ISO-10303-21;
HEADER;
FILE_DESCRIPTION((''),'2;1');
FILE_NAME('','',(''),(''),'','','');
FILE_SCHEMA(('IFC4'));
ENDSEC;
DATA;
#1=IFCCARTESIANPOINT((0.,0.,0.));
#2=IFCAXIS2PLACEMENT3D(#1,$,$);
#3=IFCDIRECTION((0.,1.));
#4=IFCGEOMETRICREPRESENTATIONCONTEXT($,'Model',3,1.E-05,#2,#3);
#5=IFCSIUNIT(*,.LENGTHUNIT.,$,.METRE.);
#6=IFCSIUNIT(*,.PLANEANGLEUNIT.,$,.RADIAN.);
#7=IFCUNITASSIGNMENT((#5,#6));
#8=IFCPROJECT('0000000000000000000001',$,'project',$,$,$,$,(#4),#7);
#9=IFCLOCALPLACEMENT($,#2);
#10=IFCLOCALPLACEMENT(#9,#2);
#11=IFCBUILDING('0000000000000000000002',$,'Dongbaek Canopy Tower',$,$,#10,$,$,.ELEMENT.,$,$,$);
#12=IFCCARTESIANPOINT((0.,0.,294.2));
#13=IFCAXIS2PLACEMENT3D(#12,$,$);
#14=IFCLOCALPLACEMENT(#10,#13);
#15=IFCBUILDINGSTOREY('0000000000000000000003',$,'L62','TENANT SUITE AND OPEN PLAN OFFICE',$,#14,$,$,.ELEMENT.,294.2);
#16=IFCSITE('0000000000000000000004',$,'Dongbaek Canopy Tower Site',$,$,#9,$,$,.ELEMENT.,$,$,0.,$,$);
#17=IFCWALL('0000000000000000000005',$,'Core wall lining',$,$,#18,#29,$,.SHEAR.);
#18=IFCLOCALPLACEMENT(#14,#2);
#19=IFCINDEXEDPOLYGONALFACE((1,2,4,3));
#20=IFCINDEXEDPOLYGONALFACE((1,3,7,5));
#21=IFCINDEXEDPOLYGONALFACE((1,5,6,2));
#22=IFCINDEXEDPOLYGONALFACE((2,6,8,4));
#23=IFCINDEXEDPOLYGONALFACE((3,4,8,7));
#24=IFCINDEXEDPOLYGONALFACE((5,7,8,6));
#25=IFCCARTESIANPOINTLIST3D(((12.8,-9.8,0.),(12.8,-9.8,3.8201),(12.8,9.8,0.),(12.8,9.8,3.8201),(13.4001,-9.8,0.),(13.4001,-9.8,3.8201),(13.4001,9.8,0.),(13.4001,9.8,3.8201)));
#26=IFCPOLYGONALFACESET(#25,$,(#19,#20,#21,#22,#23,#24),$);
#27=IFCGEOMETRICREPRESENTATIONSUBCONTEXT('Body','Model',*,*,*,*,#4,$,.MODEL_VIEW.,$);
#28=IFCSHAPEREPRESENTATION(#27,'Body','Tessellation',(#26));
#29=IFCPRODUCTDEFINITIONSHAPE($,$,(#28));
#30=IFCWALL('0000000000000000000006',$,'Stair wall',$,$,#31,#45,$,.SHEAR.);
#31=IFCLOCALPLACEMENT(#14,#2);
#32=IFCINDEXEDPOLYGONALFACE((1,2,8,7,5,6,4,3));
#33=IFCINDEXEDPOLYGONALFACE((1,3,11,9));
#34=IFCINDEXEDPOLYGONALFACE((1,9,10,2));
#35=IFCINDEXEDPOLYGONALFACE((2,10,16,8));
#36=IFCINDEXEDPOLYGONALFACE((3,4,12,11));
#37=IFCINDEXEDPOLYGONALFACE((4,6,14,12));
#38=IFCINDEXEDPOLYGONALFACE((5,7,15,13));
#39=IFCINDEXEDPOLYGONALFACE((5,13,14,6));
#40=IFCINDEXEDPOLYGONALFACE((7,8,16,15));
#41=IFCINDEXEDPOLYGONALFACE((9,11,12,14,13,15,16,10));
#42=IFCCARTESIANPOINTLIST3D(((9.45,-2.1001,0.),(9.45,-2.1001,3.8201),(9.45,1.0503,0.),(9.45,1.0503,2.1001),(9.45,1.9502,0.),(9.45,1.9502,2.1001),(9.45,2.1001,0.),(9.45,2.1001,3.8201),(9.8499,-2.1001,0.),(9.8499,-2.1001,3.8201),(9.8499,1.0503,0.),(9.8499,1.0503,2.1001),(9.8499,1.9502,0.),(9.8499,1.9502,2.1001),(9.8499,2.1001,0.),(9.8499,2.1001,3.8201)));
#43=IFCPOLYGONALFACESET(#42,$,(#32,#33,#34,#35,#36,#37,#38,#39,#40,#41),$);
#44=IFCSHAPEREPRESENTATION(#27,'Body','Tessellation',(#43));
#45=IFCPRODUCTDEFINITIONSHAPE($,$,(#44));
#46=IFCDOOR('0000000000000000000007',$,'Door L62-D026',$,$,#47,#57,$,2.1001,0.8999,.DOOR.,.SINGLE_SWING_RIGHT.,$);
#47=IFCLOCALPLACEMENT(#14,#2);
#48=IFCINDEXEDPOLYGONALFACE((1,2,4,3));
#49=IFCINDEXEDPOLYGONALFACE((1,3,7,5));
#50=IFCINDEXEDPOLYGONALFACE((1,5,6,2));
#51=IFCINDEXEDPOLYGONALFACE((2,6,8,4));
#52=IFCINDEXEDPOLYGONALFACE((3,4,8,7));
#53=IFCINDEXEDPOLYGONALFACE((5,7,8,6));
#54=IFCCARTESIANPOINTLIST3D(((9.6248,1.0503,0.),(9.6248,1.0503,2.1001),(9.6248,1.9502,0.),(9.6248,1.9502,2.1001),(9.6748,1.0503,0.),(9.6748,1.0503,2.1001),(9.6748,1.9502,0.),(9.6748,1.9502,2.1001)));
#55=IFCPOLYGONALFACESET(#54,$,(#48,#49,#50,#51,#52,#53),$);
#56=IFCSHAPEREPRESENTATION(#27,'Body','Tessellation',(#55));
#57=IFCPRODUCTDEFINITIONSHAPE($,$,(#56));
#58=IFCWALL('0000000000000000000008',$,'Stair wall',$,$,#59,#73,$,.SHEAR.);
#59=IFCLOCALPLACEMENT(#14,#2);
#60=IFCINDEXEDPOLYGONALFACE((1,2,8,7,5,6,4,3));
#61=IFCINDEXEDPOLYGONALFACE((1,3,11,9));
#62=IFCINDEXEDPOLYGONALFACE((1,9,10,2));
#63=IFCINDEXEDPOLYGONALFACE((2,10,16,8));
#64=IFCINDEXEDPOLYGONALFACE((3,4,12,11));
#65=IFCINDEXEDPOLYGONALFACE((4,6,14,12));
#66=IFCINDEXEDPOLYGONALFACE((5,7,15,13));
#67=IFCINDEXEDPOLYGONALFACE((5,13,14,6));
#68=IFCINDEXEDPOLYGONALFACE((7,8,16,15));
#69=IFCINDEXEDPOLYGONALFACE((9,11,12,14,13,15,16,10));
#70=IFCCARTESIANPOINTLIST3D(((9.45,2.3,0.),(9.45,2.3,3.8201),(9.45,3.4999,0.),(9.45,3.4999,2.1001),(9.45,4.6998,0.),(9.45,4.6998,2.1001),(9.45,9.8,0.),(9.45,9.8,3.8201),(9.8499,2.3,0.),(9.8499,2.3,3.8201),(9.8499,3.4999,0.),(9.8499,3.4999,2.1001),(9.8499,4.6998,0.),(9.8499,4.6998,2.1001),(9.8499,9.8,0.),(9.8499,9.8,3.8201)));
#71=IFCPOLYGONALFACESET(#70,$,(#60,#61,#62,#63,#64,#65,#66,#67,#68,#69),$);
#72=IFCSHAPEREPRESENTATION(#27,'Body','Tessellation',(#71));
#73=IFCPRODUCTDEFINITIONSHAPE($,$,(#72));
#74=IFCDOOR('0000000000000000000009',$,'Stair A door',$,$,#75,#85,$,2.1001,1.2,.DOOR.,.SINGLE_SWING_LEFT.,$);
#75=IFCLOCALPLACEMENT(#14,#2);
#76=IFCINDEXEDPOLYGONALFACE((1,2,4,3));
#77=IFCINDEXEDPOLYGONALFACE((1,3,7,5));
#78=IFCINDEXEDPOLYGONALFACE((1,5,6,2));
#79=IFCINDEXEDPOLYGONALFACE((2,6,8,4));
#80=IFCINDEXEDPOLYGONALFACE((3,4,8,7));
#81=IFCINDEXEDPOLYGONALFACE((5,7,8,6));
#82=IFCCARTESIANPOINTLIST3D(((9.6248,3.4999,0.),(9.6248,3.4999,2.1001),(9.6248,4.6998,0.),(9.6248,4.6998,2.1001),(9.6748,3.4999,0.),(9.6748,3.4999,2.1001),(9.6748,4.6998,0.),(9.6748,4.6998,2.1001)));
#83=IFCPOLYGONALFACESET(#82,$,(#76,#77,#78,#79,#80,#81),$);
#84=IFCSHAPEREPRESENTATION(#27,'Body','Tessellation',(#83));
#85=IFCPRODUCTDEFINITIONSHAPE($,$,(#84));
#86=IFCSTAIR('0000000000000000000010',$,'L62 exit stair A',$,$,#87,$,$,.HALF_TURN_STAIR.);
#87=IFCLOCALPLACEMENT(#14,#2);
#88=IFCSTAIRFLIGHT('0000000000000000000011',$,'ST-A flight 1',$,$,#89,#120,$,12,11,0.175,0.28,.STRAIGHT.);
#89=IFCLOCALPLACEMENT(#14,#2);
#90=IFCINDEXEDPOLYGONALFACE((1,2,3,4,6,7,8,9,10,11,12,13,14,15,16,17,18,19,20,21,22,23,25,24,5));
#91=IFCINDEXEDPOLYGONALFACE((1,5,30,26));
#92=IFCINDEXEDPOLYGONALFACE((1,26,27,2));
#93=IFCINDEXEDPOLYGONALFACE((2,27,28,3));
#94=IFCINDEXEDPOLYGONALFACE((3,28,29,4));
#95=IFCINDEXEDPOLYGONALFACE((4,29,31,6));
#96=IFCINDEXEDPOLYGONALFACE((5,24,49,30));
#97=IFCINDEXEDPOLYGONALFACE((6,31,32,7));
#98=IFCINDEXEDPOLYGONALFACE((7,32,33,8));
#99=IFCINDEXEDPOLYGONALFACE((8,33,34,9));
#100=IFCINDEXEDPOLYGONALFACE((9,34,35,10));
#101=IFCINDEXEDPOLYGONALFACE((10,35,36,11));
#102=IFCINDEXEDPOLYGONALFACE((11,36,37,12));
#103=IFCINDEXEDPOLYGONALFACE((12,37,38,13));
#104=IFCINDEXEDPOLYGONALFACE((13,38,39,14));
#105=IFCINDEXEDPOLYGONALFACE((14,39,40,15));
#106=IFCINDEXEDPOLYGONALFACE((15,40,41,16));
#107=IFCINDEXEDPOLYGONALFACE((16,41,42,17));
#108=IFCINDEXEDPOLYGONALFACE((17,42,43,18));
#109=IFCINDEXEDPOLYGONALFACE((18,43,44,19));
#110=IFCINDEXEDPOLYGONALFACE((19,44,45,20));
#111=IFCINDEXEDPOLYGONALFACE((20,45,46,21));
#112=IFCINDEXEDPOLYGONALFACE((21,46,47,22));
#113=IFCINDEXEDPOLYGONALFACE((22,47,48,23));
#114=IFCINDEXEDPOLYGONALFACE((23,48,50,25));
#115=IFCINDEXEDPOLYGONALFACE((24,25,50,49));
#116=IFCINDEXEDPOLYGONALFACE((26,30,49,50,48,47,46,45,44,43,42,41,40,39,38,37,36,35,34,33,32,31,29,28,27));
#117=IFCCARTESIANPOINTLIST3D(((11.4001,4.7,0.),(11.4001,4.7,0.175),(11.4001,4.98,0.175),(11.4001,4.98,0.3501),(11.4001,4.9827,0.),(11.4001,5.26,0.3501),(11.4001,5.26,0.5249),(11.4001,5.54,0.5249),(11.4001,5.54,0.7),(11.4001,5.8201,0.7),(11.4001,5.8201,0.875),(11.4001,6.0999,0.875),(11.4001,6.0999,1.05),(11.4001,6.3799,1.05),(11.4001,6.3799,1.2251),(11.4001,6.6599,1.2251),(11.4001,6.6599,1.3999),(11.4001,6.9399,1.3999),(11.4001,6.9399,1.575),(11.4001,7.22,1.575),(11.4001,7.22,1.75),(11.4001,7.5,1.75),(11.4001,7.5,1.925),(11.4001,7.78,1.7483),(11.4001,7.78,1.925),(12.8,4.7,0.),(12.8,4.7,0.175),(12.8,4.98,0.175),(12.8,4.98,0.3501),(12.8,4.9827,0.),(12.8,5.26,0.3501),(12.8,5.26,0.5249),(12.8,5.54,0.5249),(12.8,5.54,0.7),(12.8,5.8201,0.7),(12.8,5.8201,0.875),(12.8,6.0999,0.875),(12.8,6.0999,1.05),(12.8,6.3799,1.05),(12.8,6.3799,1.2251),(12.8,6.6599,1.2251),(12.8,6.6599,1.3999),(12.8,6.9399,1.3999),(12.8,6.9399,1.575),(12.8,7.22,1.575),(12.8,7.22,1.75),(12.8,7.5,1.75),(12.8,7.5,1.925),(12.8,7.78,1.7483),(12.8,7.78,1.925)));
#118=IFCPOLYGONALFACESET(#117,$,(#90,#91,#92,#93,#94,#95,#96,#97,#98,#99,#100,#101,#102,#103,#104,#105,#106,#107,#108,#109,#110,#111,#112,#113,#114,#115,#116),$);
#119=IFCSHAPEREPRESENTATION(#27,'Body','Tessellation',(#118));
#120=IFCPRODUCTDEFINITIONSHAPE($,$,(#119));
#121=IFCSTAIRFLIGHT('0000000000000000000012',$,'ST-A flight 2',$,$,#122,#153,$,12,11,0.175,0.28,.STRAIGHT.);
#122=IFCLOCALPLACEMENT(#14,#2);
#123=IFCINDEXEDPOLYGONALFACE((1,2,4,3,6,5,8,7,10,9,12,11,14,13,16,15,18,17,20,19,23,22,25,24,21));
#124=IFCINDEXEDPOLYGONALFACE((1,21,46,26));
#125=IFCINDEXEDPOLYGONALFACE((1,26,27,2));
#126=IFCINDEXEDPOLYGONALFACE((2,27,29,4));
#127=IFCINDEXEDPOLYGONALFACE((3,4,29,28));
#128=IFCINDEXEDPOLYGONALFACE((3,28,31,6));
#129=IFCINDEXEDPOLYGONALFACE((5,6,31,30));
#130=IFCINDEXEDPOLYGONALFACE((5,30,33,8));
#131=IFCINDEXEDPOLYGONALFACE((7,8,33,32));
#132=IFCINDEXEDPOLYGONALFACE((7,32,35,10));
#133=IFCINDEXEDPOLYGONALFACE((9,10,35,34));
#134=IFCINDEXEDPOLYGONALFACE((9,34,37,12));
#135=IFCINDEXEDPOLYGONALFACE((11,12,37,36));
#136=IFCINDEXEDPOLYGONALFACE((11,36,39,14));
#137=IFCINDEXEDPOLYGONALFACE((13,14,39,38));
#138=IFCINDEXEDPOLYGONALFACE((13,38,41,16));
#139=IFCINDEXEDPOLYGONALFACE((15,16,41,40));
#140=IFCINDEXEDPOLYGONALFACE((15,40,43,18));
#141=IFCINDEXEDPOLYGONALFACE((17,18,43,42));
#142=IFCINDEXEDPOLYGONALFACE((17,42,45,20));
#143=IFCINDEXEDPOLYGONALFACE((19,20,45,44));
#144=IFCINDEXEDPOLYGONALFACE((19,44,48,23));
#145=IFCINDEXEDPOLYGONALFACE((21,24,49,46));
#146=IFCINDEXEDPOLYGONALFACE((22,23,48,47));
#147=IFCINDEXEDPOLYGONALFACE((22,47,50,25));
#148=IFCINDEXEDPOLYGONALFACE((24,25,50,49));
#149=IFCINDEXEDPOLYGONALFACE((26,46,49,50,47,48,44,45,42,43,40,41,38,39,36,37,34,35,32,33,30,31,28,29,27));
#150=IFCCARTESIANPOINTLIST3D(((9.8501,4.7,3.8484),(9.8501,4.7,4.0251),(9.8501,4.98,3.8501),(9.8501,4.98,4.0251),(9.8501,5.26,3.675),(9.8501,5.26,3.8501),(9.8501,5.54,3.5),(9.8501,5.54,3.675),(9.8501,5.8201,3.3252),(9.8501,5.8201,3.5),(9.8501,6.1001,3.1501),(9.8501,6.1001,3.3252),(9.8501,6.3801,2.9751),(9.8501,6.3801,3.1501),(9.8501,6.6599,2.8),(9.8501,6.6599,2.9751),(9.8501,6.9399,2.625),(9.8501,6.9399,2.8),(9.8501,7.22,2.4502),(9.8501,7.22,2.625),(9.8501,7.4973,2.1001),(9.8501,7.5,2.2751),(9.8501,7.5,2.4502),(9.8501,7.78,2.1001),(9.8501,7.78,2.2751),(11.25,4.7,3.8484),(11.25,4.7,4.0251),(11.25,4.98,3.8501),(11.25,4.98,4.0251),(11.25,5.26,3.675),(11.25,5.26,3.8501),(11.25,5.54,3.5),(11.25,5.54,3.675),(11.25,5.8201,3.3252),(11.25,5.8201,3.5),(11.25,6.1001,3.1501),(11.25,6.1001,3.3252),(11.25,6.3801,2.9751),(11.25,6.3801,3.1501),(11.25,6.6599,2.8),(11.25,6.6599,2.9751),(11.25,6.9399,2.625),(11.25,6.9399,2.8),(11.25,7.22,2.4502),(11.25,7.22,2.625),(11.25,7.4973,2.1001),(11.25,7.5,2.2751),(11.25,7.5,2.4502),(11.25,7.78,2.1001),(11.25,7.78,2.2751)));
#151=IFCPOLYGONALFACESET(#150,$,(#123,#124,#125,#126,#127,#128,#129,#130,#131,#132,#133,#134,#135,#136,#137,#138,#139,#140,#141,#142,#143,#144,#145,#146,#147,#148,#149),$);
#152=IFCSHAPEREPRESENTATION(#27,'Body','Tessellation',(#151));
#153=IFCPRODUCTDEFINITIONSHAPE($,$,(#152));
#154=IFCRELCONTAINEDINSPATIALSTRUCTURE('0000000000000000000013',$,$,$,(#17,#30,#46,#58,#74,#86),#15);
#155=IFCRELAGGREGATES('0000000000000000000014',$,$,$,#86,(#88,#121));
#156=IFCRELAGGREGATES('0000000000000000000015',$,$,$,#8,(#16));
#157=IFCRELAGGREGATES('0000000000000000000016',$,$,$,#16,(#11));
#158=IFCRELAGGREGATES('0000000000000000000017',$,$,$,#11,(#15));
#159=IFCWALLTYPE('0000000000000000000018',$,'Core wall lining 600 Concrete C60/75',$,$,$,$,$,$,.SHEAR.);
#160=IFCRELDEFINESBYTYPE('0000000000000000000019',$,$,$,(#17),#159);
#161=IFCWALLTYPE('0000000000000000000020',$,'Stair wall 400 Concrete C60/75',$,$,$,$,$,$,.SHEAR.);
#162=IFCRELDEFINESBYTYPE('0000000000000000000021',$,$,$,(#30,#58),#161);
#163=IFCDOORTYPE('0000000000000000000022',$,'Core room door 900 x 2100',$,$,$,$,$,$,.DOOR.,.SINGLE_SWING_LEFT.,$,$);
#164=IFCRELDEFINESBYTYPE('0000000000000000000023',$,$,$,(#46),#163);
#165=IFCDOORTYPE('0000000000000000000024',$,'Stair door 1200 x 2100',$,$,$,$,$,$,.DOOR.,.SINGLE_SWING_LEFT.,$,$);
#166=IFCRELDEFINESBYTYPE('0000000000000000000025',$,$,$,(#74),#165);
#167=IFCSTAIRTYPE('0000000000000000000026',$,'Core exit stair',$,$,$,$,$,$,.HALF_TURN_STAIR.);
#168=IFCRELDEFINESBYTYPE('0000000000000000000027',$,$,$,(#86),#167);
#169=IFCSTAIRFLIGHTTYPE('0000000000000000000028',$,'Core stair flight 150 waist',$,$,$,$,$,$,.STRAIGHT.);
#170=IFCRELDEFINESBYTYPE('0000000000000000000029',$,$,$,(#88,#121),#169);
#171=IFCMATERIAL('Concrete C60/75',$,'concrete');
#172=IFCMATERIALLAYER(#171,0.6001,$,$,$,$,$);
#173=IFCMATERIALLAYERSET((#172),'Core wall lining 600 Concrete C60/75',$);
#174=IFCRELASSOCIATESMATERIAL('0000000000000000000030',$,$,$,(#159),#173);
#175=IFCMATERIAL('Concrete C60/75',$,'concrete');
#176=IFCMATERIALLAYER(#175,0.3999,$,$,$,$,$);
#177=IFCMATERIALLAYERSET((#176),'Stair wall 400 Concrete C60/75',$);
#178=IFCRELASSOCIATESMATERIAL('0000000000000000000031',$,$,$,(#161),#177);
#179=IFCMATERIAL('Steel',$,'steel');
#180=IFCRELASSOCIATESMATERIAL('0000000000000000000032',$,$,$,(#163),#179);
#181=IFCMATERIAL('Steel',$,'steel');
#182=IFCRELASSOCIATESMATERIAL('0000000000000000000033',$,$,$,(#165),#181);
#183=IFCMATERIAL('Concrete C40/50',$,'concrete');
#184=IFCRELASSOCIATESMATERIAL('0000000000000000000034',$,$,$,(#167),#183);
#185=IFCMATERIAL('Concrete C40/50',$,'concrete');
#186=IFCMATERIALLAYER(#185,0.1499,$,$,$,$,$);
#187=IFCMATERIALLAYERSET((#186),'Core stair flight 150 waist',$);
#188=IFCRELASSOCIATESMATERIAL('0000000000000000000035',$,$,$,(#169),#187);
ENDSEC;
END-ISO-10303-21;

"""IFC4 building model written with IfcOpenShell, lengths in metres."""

from ifc_helpers import new_model, si_unit, direction, frame, frame_2d, origin, place, context, subcontext, project, spatial, polyline, rectangle, outline, extrude, material, layer, layer_set, type_object, element, fill, aggregate, save


model = new_model("IFC4")

# Units and contexts
model_context = context("Model", 3, precision=1e-05, world=origin(), true_north=direction((0.0, 1.0)))
body_context = subcontext(model_context, "Body", "Model", "MODEL_VIEW")
ifc_project = project(units=[si_unit("LENGTHUNIT", "METRE"), si_unit("PLANEANGLEUNIT", "RADIAN")], contexts=[model_context])

# Site, building, storey
site_placement = place(None, origin())
site = spatial("IfcSite", under=ifc_project, at=site_placement, Name="Dongbaek Canopy Tower Site", CompositionType="ELEMENT", RefElevation=0.0)
building_placement = place(site_placement, origin())
building = spatial("IfcBuilding", under=site, at=building_placement, Name="Dongbaek Canopy Tower", CompositionType="ELEMENT")
storey_placement = place(building_placement, frame((0.0, 0.0, 294.2)))
storey = spatial("IfcBuildingStorey", under=building, at=storey_placement, Name="L62", Description="TENANT SUITE AND OPEN PLAN OFFICE", CompositionType="ELEMENT", Elevation=294.2)

# Wall
ifc_material_1 = material(Name="Concrete C60/75", Category="concrete")
ifc_layer_1 = layer(ifc_material_1, 0.6001)
ifc_layer_set_1 = layer_set([ifc_layer_1], Name="Core wall lining 600 Concrete C60/75")
wall_type_1 = type_object("IfcWallType", Name="Core wall lining 600 Concrete C60/75", PredefinedType="SHEAR", material=ifc_layer_set_1)
wall_1_placement = place(storey_placement, frame((13.1001, 9.8, 0.0), z_axis=(0.0, 0.0, 1.0), x_axis=(0.0, -1.0, 0.0)))
element("IfcWall", 1, at=wall_1_placement, inside=storey, type_object=wall_type_1, Name="Core wall lining", PredefinedType="SHEAR", context=body_context, shape_type="SweptSolid", body=[
    extrude(rectangle(XDim=19.6001, YDim=0.6001, at=frame_2d((9.8, 0.0))), origin(), (0.0, 0.0, 1.0), 3.8201),
])

# Walls, openings, doors
ifc_material_2 = material(Name="Concrete C60/75", Category="concrete")
ifc_layer_2 = layer(ifc_material_2, 0.3999)
ifc_layer_set_2 = layer_set([ifc_layer_2], Name="Stair wall 400 Concrete C60/75")
wall_type_2 = type_object("IfcWallType", Name="Stair wall 400 Concrete C60/75", PredefinedType="SHEAR", material=ifc_layer_set_2)
wall_2_placement = place(storey_placement, frame((9.6499, 2.1001, 0.0), z_axis=(0.0, 0.0, 1.0), x_axis=(0.0, -1.0, 0.0)))
wall_2 = element("IfcWall", 2, at=wall_2_placement, inside=storey, type_object=wall_type_2, Name="Stair wall", PredefinedType="SHEAR", context=body_context, shape_type="SweptSolid", body=[
    extrude(rectangle(XDim=4.2002, YDim=0.3999, at=frame_2d((2.1001, 0.0))), origin(), (0.0, 0.0, 1.0), 3.8201),
])
opening_1_placement = place(wall_2_placement, frame((0.1499, 0.0, 0.0)))
opening_1 = element("IfcOpeningElement", 3, at=opening_1_placement, cuts=wall_2, PredefinedType="OPENING", context=body_context, shape_type="SweptSolid", body=[
    extrude(rectangle(XDim=0.8999, YDim=2.1001, at=frame_2d((0.45, 1.05))), frame((0.0, 0.21, 0.0), z_axis=(0.0, -1.0, 0.0), x_axis=(1.0, 0.0, 0.0)), (0.0, 0.0, 1.0), 0.4199),
])
ifc_material_3 = material(Name="Steel", Category="steel")
door_type_1 = type_object("IfcDoorType", Name="Core room door 900 x 2100", OperationType="SINGLE_SWING_LEFT", PredefinedType="DOOR", material=ifc_material_3)
door_1_placement = place(opening_1_placement, origin())
door_1 = element("IfcDoor", 4, at=door_1_placement, inside=storey, type_object=door_type_1, Name="Door L62-D026", OperationType="SINGLE_SWING_RIGHT", OverallHeight=2.1001, OverallWidth=0.8999, PredefinedType="DOOR", context=body_context, shape_type="SweptSolid", body=[
    extrude(rectangle(XDim=0.8999, YDim=2.1001, at=frame_2d((0.45, 1.05))), frame((0.0, 0.0249, 0.0), z_axis=(0.0, -1.0, 0.0), x_axis=(1.0, 0.0, 0.0)), (0.0, 0.0, 1.0), 0.05),
])
fill(opening_1, door_1)
wall_3_placement = place(storey_placement, frame((9.6499, 9.8, 0.0), z_axis=(0.0, 0.0, 1.0), x_axis=(0.0, -1.0, 0.0)))
wall_3 = element("IfcWall", 5, at=wall_3_placement, inside=storey, type_object=wall_type_2, Name="Stair wall", PredefinedType="SHEAR", context=body_context, shape_type="SweptSolid", body=[
    extrude(rectangle(XDim=7.5, YDim=0.3999, at=frame_2d((3.75, 0.0))), origin(), (0.0, 0.0, 1.0), 3.8201),
])
opening_2_placement = place(wall_3_placement, frame((5.1001, 0.0, 0.0)))
opening_2 = element("IfcOpeningElement", 6, at=opening_2_placement, cuts=wall_3, PredefinedType="OPENING", context=body_context, shape_type="SweptSolid", body=[
    extrude(rectangle(XDim=1.2, YDim=2.1001, at=frame_2d((0.6001, 1.05))), frame((0.0, 0.21, 0.0), z_axis=(0.0, -1.0, 0.0), x_axis=(1.0, 0.0, 0.0)), (0.0, 0.0, 1.0), 0.4199),
])
ifc_material_4 = material(Name="Steel", Category="steel")
door_type_2 = type_object("IfcDoorType", Name="Stair door 1200 x 2100", OperationType="SINGLE_SWING_LEFT", PredefinedType="DOOR", material=ifc_material_4)
door_2_placement = place(opening_2_placement, origin())
door_2 = element("IfcDoor", 7, at=door_2_placement, inside=storey, type_object=door_type_2, Name="Stair A door", OperationType="SINGLE_SWING_LEFT", OverallHeight=2.1001, OverallWidth=1.2, PredefinedType="DOOR", context=body_context, shape_type="SweptSolid", body=[
    extrude(rectangle(XDim=1.2, YDim=2.1001, at=frame_2d((0.6001, 1.05))), frame((0.0, 0.0249, 0.0), z_axis=(0.0, -1.0, 0.0), x_axis=(1.0, 0.0, 0.0)), (0.0, 0.0, 1.0), 0.05),
])
fill(opening_2, door_2)

# Stair, stair flights
ifc_material_5 = material(Name="Concrete C40/50", Category="concrete")
stair_type = type_object("IfcStairType", Name="Core exit stair", PredefinedType="HALF_TURN_STAIR", material=ifc_material_5)
stair_placement = place(storey_placement, origin())
stair = element("IfcStair", 8, at=stair_placement, inside=storey, type_object=stair_type, Name="L62 exit stair A", PredefinedType="HALF_TURN_STAIR")
ifc_material_6 = material(Name="Concrete C40/50", Category="concrete")
ifc_layer_3 = layer(ifc_material_6, 0.1499)
ifc_layer_set_3 = layer_set([ifc_layer_3], Name="Core stair flight 150 waist")
stair_flight_type = type_object("IfcStairFlightType", Name="Core stair flight 150 waist", PredefinedType="STRAIGHT", material=ifc_layer_set_3)
stair_flight_1_placement = place(storey_placement, frame((12.1001, 4.7, 0.0), z_axis=(0.0, 0.0, 1.0), x_axis=(0.0, 1.0, 0.0)))
stair_flight_1 = element("IfcStairFlight", 9, at=stair_flight_1_placement, type_object=stair_flight_type, Name="ST-A flight 1", NumberOfRisers=12, NumberOfTreads=11, PredefinedType="STRAIGHT", RiserHeight=0.175, TreadLength=0.28, context=body_context, shape_type="SweptSolid", body=[
    extrude(outline(polyline([(0.0, 0.0), (0.0, 0.175), (0.28, 0.175), (0.28, 0.3501), (0.5601, 0.3501), (0.5601, 0.5249), (0.8401, 0.5249), (0.8401, 0.7), (1.1201, 0.7), (1.1201, 0.875), (1.3999, 0.875), (1.3999, 1.05), (1.6799, 1.05), (1.6799, 1.2251), (1.96, 1.2251), (1.96, 1.3999), (2.24, 1.3999), (2.24, 1.575), (2.52, 1.575), (2.52, 1.75), (2.8, 1.75), (2.8, 1.925), (3.0801, 1.925), (3.0801, 2.1001), (3.0801, 1.7483), (0.2827, 0.0), (0.0, 0.0)])), frame((0.0, 0.7, 0.0), z_axis=(0.0, -1.0, 0.0), x_axis=(1.0, 0.0, 0.0)), (0.0, 0.0, 1.0), 1.3999),
])
stair_flight_2_placement = place(storey_placement, frame((10.55, 7.78, 2.1001), z_axis=(0.0, 0.0, 1.0), x_axis=(0.0, -1.0, 0.0)))
stair_flight_2 = element("IfcStairFlight", 10, at=stair_flight_2_placement, type_object=stair_flight_type, Name="ST-A flight 2", NumberOfRisers=12, NumberOfTreads=11, PredefinedType="STRAIGHT", RiserHeight=0.175, TreadLength=0.28, context=body_context, shape_type="SweptSolid", body=[
    extrude(outline(polyline([(0.0, 0.0), (0.0, 0.175), (0.28, 0.175), (0.28, 0.3501), (0.5601, 0.3501), (0.5601, 0.5249), (0.8401, 0.5249), (0.8401, 0.7), (1.1201, 0.7), (1.1201, 0.875), (1.3999, 0.875), (1.3999, 1.05), (1.6799, 1.05), (1.6799, 1.2251), (1.96, 1.2251), (1.96, 1.3999), (2.24, 1.3999), (2.24, 1.575), (2.52, 1.575), (2.52, 1.75), (2.8, 1.75), (2.8, 1.925), (3.0801, 1.925), (3.0801, 2.1001), (3.0801, 1.7483), (0.2827, 0.0), (0.0, 0.0)])), frame((0.0, 0.7, 0.0), z_axis=(0.0, -1.0, 0.0), x_axis=(1.0, 0.0, 0.0)), (0.0, 0.0, 1.0), 1.3999),
])
aggregate(stair, [stair_flight_1, stair_flight_2])

save(model, "model.ifc")
